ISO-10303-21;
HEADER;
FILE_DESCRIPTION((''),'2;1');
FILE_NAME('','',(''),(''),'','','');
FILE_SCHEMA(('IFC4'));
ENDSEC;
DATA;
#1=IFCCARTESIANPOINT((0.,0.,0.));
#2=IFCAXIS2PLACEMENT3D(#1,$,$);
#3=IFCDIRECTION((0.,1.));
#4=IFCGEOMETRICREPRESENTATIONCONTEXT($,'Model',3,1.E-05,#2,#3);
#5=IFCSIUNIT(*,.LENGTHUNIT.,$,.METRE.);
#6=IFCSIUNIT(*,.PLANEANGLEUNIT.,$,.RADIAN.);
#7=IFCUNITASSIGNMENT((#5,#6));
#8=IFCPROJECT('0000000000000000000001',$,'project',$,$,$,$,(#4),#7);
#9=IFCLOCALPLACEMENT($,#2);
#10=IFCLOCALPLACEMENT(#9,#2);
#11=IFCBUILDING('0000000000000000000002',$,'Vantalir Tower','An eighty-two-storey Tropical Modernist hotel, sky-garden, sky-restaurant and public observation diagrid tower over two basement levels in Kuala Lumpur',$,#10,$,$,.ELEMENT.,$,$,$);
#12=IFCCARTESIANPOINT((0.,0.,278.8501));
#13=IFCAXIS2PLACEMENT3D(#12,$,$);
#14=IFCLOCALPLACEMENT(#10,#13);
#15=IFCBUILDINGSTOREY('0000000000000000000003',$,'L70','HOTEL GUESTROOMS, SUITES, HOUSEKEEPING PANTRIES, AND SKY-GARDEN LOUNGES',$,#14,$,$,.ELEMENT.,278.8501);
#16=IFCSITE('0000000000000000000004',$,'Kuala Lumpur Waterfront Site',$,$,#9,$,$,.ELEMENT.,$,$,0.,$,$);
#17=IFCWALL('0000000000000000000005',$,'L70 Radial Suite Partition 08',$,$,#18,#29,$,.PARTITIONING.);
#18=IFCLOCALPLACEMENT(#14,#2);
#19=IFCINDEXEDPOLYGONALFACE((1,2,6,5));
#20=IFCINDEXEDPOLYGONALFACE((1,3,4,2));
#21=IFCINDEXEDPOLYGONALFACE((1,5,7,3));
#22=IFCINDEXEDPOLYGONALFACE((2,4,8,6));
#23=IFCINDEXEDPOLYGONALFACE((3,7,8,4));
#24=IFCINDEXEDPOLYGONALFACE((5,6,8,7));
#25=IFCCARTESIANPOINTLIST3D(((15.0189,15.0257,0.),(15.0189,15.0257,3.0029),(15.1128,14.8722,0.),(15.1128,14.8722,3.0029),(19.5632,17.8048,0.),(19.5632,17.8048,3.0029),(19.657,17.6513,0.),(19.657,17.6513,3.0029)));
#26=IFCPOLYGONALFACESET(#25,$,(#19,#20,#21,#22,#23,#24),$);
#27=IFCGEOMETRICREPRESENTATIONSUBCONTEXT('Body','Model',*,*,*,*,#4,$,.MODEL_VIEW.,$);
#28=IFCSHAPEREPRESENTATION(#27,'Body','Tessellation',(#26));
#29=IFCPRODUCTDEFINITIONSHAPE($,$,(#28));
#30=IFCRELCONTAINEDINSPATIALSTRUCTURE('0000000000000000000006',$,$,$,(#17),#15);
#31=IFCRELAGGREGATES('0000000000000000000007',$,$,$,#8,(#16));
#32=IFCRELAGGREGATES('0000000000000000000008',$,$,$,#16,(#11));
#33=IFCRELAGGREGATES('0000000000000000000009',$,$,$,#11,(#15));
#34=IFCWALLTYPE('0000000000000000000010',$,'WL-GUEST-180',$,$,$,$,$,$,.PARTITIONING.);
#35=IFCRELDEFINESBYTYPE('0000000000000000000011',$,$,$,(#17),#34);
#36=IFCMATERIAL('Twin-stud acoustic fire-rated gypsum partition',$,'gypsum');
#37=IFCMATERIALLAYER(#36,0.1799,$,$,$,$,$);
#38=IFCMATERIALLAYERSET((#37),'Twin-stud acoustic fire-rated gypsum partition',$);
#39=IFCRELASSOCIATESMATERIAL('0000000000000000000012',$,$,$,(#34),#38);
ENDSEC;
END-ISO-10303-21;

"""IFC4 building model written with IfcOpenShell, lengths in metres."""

from ifc_helpers import new_model, si_unit, direction, frame, frame_2d, origin, place, context, subcontext, project, spatial, rectangle, extrude, material, layer, layer_set, type_object, element, save


model = new_model("IFC4")

# Units and contexts
model_context = context("Model", 3, precision=1e-05, world=origin(), true_north=direction((0.0, 1.0)))
body_context = subcontext(model_context, "Body", "Model", "MODEL_VIEW")
ifc_project = project(units=[si_unit("LENGTHUNIT", "METRE"), si_unit("PLANEANGLEUNIT", "RADIAN")], contexts=[model_context])

# Site, building, storey
site_placement = place(None, origin())
site = spatial("IfcSite", under=ifc_project, at=site_placement, Name="Kuala Lumpur Waterfront Site", CompositionType="ELEMENT", RefElevation=0.0)
building_placement = place(site_placement, origin())
building = spatial("IfcBuilding", under=site, at=building_placement, Name="Vantalir Tower", Description="An eighty-two-storey Tropical Modernist hotel, sky-garden, sky-restaurant and public observation diagrid tower over two basement levels in Kuala Lumpur", CompositionType="ELEMENT")
storey_placement = place(building_placement, frame((0.0, 0.0, 278.8501)))
storey = spatial("IfcBuildingStorey", under=building, at=storey_placement, Name="L70", Description="HOTEL GUESTROOMS, SUITES, HOUSEKEEPING PANTRIES, AND SKY-GARDEN LOUNGES", CompositionType="ELEMENT", Elevation=278.8501)

# Wall
ifc_material_1 = material(Name="Twin-stud acoustic fire-rated gypsum partition", Category="gypsum")
ifc_layer_1 = layer(ifc_material_1, 0.1799)
ifc_layer_set_1 = layer_set([ifc_layer_1], Name="Twin-stud acoustic fire-rated gypsum partition")
wall_type_1 = type_object("IfcWallType", Name="WL-GUEST-180", PredefinedType="PARTITIONING", material=ifc_layer_set_1)
wall_1_placement = place(storey_placement, frame((19.6101, 17.728, 0.0), z_axis=(0.0, 0.0, 1.0), x_axis=(-0.853111, -0.52173, 0.0)))
element("IfcWall", 1, at=wall_1_placement, inside=storey, type_object=wall_type_1, Name="L70 Radial Suite Partition 08", PredefinedType="PARTITIONING", context=body_context, shape_type="SweptSolid", body=[
    extrude(rectangle(XDim=5.3267, YDim=0.1799, at=frame_2d((2.6633, 0.0))), origin(), (0.0, 0.0, 1.0), 3.0029),
])

save(model, "model.ifc")
